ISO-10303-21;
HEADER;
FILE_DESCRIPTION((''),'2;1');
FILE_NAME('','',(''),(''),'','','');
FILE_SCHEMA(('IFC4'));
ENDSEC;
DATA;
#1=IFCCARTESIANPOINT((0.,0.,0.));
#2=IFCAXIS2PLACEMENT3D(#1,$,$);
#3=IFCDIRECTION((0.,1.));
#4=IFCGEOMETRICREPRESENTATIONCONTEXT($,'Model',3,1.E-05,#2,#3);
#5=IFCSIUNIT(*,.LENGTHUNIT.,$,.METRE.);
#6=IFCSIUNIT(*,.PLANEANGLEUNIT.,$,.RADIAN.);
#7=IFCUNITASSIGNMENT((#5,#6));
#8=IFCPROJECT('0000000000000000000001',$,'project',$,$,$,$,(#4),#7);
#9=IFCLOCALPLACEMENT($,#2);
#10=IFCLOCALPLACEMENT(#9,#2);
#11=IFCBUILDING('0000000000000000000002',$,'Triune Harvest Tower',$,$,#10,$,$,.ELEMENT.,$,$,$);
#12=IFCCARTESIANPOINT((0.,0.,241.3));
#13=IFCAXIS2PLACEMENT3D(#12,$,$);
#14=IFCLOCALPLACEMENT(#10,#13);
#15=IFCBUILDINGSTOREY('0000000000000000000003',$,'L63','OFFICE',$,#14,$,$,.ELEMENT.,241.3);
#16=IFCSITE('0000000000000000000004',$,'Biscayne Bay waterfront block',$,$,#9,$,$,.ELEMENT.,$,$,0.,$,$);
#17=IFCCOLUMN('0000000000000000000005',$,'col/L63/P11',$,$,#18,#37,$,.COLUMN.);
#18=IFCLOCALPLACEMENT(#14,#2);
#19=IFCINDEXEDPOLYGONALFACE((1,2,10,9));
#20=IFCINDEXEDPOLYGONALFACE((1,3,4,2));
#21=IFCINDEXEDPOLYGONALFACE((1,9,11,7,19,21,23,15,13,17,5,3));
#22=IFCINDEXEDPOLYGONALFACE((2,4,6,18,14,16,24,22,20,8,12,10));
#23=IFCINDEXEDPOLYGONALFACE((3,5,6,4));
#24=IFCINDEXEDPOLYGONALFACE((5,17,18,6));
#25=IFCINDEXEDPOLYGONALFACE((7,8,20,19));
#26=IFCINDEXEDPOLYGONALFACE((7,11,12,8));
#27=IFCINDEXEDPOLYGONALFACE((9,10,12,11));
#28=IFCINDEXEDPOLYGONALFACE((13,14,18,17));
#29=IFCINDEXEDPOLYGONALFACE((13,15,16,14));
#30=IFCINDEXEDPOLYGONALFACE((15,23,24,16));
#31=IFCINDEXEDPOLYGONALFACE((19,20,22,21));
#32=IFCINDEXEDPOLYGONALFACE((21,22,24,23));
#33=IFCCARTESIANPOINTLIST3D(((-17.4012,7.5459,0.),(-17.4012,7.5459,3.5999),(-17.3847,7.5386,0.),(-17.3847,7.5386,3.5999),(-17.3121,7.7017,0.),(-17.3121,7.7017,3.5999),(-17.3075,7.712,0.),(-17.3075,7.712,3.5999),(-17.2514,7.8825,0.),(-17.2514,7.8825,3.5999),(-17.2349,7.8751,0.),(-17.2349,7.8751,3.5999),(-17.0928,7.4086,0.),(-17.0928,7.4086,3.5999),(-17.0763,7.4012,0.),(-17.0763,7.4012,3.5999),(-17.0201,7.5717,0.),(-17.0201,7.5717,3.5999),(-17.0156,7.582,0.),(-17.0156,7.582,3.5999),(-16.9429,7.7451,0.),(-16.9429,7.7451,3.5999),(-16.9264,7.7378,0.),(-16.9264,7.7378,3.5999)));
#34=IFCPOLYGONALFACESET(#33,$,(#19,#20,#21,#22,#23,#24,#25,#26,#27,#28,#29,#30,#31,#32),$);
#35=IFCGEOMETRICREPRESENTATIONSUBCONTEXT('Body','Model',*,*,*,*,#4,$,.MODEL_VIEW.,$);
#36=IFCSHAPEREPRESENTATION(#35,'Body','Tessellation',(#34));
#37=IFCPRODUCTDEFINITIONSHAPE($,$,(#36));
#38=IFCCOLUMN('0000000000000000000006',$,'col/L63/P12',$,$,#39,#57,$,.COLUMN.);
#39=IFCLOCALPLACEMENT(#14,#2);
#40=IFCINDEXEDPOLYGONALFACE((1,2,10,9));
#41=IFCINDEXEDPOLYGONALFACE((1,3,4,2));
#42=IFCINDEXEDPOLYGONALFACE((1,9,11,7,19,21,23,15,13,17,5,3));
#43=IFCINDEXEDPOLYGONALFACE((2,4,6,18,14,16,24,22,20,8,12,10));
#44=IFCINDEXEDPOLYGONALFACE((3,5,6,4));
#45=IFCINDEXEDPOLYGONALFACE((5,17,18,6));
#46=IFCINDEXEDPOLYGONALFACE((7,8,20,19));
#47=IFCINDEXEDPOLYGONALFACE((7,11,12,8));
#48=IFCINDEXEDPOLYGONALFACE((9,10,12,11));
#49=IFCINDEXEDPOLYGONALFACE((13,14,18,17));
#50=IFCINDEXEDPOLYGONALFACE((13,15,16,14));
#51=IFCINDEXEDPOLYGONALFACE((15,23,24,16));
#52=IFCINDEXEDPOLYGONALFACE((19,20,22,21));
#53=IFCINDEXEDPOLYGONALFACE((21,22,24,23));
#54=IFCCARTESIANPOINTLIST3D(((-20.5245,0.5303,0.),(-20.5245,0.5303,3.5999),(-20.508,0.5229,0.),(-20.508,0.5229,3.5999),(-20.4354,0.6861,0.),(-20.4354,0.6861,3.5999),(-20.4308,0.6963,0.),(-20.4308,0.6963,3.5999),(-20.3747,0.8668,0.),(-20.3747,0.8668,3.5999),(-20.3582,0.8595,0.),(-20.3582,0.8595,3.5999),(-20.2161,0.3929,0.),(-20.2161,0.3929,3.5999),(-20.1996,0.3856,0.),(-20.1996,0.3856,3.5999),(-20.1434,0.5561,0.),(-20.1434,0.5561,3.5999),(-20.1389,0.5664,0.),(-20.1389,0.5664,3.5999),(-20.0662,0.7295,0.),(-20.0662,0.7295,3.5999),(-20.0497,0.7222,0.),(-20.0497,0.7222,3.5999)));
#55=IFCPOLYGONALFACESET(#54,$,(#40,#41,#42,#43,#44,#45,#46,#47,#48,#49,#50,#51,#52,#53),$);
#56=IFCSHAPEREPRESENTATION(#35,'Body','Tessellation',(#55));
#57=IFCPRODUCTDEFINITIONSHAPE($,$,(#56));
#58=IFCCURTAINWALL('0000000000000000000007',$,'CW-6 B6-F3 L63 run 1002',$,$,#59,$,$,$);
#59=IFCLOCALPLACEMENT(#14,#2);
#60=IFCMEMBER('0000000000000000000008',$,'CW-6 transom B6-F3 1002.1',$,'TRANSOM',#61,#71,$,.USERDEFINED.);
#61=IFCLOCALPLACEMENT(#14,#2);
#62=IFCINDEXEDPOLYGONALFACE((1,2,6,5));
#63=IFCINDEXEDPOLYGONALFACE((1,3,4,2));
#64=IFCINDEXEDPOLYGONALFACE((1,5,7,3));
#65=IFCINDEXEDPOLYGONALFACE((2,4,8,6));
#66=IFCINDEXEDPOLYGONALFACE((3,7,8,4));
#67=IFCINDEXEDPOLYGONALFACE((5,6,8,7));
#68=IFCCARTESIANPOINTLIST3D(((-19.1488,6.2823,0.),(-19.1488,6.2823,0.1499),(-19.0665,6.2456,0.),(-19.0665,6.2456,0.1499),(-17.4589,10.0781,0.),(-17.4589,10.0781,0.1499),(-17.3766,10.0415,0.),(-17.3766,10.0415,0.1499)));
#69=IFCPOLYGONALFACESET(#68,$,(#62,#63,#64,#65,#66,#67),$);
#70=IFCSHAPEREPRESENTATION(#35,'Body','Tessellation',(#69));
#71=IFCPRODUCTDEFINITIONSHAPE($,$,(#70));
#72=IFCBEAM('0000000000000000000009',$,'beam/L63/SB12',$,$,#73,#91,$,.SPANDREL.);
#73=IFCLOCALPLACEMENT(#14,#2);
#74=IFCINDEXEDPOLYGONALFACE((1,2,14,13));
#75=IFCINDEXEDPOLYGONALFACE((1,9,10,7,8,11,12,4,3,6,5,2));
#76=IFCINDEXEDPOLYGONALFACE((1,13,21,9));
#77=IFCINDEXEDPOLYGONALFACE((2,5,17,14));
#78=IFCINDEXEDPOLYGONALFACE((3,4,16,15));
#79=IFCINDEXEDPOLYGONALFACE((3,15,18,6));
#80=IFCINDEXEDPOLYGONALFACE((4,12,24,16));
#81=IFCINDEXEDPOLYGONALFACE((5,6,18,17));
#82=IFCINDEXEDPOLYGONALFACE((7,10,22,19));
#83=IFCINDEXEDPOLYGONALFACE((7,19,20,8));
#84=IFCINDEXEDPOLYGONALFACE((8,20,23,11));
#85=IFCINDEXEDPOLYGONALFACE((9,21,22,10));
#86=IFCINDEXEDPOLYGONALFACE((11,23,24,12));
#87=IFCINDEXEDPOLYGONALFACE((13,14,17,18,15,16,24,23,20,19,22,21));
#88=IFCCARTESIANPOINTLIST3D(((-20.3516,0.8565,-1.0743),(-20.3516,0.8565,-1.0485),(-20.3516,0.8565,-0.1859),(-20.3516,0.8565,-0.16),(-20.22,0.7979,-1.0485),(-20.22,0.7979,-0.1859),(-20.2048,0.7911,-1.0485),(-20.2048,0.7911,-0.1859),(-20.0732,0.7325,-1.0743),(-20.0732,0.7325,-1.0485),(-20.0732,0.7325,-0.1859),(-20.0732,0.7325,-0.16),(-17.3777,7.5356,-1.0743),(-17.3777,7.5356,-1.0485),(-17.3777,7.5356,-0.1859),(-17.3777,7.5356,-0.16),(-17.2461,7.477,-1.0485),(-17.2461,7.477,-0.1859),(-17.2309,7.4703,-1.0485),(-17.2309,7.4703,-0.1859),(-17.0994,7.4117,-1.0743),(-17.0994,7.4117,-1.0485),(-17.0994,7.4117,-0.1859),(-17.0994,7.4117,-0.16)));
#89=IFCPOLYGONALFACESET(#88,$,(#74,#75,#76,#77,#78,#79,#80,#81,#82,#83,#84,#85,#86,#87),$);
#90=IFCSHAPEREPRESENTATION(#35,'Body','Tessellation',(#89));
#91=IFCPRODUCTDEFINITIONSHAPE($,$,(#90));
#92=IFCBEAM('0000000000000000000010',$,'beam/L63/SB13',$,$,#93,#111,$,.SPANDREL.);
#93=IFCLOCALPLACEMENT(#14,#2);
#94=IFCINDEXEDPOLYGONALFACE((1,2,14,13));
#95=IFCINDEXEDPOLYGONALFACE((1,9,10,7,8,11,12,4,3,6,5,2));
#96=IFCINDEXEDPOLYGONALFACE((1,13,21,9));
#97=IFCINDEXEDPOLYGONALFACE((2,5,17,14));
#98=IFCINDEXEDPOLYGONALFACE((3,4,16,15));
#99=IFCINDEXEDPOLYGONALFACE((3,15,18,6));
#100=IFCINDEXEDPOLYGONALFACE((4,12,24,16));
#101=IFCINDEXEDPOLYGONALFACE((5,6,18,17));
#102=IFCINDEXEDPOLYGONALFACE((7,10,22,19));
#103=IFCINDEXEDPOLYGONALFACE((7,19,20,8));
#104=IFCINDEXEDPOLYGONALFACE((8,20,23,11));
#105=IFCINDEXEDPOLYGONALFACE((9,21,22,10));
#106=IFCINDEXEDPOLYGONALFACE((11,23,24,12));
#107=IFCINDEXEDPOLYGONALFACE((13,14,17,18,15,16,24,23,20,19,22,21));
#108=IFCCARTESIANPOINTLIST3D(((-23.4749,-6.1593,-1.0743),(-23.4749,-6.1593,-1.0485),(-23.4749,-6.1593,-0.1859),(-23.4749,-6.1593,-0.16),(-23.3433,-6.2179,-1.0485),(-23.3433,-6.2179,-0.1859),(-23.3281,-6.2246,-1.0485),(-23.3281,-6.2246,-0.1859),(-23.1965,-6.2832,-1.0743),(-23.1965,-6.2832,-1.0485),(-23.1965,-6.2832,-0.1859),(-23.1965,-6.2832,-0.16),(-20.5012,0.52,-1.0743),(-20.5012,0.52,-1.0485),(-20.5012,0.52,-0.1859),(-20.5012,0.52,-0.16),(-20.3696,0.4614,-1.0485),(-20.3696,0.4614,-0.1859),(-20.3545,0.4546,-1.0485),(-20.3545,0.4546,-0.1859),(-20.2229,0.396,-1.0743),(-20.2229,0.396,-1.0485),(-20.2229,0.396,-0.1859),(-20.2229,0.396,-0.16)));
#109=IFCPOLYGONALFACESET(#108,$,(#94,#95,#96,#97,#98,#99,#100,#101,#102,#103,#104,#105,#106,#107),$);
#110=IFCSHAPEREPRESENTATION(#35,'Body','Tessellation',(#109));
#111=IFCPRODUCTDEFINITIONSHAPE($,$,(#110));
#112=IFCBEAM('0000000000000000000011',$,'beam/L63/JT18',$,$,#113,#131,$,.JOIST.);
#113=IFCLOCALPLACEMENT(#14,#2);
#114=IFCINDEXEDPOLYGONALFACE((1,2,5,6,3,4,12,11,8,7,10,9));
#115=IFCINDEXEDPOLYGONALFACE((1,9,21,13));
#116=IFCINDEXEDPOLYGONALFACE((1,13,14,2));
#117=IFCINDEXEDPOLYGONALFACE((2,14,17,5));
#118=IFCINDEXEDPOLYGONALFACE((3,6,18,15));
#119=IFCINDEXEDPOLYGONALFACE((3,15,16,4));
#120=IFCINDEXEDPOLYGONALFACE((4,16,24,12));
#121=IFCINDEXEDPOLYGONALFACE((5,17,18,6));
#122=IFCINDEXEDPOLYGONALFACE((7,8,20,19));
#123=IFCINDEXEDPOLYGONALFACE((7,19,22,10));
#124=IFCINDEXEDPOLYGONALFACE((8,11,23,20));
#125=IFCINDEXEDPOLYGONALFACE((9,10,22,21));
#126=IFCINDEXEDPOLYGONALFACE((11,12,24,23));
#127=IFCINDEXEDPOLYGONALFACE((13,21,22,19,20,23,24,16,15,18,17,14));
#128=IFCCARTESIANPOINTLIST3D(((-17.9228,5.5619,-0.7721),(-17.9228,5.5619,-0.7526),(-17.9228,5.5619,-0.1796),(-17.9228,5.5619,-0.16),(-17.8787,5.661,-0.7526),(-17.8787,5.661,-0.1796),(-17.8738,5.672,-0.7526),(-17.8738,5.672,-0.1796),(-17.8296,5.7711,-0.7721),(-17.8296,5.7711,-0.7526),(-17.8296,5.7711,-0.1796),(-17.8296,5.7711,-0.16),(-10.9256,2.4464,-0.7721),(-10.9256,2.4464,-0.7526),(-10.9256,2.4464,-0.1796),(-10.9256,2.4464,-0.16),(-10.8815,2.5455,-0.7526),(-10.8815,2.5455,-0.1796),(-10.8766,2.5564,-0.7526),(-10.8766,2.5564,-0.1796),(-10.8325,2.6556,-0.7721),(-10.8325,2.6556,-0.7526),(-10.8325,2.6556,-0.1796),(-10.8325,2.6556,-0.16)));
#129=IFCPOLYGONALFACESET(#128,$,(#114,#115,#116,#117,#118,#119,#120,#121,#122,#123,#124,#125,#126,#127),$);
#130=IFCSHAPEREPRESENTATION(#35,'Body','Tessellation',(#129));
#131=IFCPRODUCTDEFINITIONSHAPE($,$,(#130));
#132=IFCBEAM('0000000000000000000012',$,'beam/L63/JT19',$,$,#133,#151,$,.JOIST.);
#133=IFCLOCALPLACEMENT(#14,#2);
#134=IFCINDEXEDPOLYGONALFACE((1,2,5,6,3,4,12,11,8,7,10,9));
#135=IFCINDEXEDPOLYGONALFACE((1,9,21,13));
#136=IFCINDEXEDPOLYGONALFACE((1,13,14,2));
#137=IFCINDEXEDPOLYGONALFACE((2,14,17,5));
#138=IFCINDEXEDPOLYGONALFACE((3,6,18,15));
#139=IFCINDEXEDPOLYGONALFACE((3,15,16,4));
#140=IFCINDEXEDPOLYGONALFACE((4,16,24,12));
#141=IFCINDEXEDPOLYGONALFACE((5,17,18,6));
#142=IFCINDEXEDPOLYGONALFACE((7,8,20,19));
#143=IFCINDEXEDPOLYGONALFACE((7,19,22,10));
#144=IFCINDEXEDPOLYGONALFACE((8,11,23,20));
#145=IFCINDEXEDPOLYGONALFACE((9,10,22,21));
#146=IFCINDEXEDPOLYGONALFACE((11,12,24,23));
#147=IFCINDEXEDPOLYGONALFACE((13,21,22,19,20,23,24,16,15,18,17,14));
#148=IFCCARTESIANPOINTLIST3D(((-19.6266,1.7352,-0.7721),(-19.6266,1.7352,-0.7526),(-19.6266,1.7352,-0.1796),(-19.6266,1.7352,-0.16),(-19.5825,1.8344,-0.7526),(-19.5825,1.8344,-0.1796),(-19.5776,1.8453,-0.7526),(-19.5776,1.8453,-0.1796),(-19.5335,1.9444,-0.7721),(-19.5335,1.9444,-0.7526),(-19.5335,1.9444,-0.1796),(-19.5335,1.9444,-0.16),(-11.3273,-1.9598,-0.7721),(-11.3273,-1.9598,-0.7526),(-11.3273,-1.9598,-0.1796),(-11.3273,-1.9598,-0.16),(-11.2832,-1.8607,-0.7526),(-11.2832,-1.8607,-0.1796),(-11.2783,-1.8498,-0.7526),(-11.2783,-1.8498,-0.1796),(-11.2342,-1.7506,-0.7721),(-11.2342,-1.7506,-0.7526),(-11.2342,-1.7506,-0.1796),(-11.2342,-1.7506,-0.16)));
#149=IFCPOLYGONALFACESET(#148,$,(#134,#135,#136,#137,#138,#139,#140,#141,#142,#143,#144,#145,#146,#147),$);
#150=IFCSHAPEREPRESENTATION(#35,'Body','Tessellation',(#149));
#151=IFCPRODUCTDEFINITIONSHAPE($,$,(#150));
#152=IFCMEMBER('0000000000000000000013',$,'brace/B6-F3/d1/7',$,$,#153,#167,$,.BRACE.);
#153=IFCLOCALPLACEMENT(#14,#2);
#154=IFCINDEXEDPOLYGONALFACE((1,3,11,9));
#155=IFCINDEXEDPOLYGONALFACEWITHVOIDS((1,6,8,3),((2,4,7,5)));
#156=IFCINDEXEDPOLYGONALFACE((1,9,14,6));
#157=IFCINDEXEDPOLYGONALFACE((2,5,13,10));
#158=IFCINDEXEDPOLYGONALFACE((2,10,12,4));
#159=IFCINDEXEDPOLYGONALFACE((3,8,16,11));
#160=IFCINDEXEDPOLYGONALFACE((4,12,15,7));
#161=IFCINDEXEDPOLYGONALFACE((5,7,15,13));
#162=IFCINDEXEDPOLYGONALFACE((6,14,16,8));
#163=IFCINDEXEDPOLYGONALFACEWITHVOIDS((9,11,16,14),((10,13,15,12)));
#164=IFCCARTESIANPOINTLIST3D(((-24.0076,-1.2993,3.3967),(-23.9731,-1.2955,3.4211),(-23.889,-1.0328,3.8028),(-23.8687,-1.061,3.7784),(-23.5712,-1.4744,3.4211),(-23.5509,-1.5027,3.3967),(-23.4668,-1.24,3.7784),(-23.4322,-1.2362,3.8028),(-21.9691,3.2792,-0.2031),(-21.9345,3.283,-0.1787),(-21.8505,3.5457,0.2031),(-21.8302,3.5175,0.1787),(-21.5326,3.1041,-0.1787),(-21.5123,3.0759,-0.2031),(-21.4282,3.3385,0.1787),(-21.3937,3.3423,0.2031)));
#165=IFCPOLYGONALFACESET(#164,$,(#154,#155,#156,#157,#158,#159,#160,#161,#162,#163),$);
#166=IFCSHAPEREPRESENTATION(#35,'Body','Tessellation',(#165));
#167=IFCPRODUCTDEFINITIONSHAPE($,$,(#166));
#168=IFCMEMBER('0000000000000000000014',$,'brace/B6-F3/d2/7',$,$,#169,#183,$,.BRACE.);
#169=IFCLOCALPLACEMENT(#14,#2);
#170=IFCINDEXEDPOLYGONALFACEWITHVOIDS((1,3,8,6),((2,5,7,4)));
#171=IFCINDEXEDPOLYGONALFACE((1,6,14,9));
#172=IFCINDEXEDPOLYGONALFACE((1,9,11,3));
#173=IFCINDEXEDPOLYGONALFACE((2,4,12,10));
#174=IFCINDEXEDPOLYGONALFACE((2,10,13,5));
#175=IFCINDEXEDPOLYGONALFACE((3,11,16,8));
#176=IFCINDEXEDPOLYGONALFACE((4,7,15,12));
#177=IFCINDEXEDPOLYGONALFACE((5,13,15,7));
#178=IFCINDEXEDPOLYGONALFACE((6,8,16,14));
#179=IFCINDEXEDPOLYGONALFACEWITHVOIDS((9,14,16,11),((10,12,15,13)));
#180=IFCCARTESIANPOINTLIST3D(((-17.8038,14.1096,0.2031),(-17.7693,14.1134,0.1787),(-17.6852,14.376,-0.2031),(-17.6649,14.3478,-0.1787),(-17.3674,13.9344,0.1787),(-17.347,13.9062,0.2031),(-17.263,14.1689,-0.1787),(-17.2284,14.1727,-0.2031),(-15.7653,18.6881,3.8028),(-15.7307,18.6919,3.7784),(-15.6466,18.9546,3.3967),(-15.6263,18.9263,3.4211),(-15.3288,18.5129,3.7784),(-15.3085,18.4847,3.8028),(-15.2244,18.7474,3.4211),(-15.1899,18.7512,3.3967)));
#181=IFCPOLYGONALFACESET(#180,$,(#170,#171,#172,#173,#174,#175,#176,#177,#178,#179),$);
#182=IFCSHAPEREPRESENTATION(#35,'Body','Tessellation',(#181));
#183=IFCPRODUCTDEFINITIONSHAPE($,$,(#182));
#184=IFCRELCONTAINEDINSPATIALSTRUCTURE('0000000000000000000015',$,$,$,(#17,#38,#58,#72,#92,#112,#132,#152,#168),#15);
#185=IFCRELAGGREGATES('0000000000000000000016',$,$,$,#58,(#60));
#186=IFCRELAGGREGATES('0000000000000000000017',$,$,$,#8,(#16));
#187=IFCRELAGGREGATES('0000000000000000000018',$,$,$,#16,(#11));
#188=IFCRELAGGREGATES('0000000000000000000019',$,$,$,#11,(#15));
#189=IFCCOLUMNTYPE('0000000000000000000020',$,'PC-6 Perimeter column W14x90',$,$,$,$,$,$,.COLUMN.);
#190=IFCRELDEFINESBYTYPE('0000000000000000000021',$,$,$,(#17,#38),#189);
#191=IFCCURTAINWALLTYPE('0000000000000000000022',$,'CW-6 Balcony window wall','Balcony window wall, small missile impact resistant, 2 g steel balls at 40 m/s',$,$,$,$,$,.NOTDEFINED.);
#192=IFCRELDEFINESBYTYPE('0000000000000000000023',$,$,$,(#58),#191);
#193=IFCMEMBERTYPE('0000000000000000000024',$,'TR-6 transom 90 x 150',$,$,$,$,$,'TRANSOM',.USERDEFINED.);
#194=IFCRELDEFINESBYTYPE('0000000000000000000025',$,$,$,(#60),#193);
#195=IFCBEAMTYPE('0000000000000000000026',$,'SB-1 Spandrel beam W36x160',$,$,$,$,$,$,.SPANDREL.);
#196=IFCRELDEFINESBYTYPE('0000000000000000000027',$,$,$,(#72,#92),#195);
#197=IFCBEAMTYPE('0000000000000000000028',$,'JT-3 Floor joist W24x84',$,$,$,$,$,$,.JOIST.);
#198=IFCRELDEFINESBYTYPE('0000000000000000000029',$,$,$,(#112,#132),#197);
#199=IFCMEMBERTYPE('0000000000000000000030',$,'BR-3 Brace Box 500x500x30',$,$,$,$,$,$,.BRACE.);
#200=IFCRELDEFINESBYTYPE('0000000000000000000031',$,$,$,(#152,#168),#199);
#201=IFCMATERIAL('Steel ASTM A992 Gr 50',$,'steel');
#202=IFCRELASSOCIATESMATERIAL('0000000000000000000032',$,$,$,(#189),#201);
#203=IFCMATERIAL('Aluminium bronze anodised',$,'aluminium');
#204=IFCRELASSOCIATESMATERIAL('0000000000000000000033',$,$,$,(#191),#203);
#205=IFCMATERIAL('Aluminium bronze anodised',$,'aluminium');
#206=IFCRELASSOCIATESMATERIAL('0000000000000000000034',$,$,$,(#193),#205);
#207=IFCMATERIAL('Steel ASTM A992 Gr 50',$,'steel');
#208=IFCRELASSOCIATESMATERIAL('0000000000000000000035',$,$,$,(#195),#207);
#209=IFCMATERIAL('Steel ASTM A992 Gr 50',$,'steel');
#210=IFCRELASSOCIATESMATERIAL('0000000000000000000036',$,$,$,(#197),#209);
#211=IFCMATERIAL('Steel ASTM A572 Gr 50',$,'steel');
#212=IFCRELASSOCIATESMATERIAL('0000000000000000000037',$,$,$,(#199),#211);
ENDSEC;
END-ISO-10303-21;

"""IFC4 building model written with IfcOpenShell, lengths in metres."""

from ifc_helpers import new_model, si_unit, direction, frame, origin, origin_2d, place, context, subcontext, project, spatial, rectangle, hollow_rectangle, i_section, extrude, source, transform, mapped, material, material_profile, profile_set, type_object, element, aggregate, save


model = new_model("IFC4")

# Units and contexts
model_context = context("Model", 3, precision=1e-05, world=origin(), true_north=direction((0.0, 1.0)))
body_context = subcontext(model_context, "Body", "Model", "MODEL_VIEW")
ifc_project = project(units=[si_unit("LENGTHUNIT", "METRE"), si_unit("PLANEANGLEUNIT", "RADIAN")], contexts=[model_context])

# Site, building, storey
site_placement = place(None, origin())
site = spatial("IfcSite", under=ifc_project, at=site_placement, Name="Biscayne Bay waterfront block", CompositionType="ELEMENT", RefElevation=0.0)
building_placement = place(site_placement, origin())
building = spatial("IfcBuilding", under=site, at=building_placement, Name="Triune Harvest Tower", CompositionType="ELEMENT")
storey_placement = place(building_placement, frame((0.0, 0.0, 241.3)))
storey = spatial("IfcBuildingStorey", under=building, at=storey_placement, Name="L63", Description="OFFICE", CompositionType="ELEMENT", Elevation=241.3)

# Columns
ifc_material_1 = material(Name="Steel ASTM A992 Gr 50", Category="steel")
ifc_material_profile_1 = material_profile(ifc_material_1, i_section(OverallWidth=0.3684, OverallDepth=0.3557, WebThickness=0.0112, FlangeThickness=0.0181, at=origin_2d()), Name="W14x90")
ifc_profile_set_1 = profile_set([ifc_material_profile_1], Name="Steel ASTM A992 Gr 50")
column_type = type_object("IfcColumnType", Name="PC-6 Perimeter column W14x90", PredefinedType="COLUMN", material=ifc_profile_set_1)
shared_shape_1 = source(origin(), body_context, "Body", "SweptSolid", [
    extrude(i_section(OverallWidth=0.3684, OverallDepth=0.3557, WebThickness=0.0112, FlangeThickness=0.0181, at=origin_2d()), origin(), (0.0, 0.0, 1.0), 3.5999),
])
for number, where, z_axis, x_axis, name in (
    (1, (-17.1638, 7.6418, 0.0), (0.0, 0.0, 1.0), (-0.406738, -0.913545, 0.0), "col/L63/P11"),
    (2, (-20.2871, 0.6262, 0.0), (0.0, 0.0, 1.0), (-0.406738, -0.913545, 0.0), "col/L63/P12"),
):
    element("IfcColumn", number, at=place(storey_placement, frame(where, z_axis=z_axis, x_axis=x_axis)), inside=storey, type_object=column_type, Name=name, PredefinedType="COLUMN", context=body_context, shape_type="MappedRepresentation", body=[
        mapped(shared_shape_1, transform((0.0, 0.0, 0.0), scale=1.0)),
    ])

# Curtain wall, member
ifc_material_2 = material(Name="Aluminium bronze anodised", Category="aluminium")
curtain_wall_type_1 = type_object("IfcCurtainWallType", Name="CW-6 Balcony window wall", Description="Balcony window wall, small missile impact resistant, 2 g steel balls at 40 m/s", PredefinedType="NOTDEFINED", material=ifc_material_2)
curtain_wall_1_placement = place(storey_placement, origin())
curtain_wall_1 = element("IfcCurtainWall", 3, at=curtain_wall_1_placement, inside=storey, type_object=curtain_wall_type_1, Name="CW-6 B6-F3 L63 run 1002")
ifc_material_3 = material(Name="Aluminium bronze anodised", Category="aluminium")
ifc_material_profile_2 = material_profile(ifc_material_3, rectangle(XDim=0.0901, YDim=0.1499, at=origin_2d()), Name="TR-6 transom 90 x 150")
ifc_profile_set_2 = profile_set([ifc_material_profile_2], Name="Aluminium bronze anodised")
member_type_1 = type_object("IfcMemberType", Name="TR-6 transom 90 x 150", ElementType="TRANSOM", PredefinedType="USERDEFINED", material=ifc_profile_set_2)
member_1_placement = place(storey_placement, frame((-17.4177, 10.0598, 0.075), z_axis=(-0.406716, -0.913555, 0.0), x_axis=(0.913555, -0.406716, 0.0)))
member_1 = element("IfcMember", 4, at=member_1_placement, type_object=member_type_1, Name="CW-6 transom B6-F3 1002.1", ObjectType="TRANSOM", PredefinedType="USERDEFINED", context=body_context, shape_type="SweptSolid", body=[
    extrude(rectangle(XDim=0.0901, YDim=0.1499, at=origin_2d()), origin(), (0.0, 0.0, 1.0), 4.155),
])

# Beams
ifc_material_4 = material(Name="Steel ASTM A992 Gr 50", Category="steel")
ifc_material_profile_3 = material_profile(ifc_material_4, i_section(OverallWidth=0.3047, OverallDepth=0.9143, WebThickness=0.0166, FlangeThickness=0.0259, at=origin_2d()), Name="W36x160")
ifc_profile_set_3 = profile_set([ifc_material_profile_3], Name="Steel ASTM A992 Gr 50")
beam_type_1 = type_object("IfcBeamType", Name="SB-1 Spandrel beam W36x160", PredefinedType="SPANDREL", material=ifc_profile_set_3)
shared_shape_2 = source(origin(), body_context, "Body", "SweptSolid", [
    extrude(i_section(OverallWidth=0.3047, OverallDepth=0.9143, WebThickness=0.0166, FlangeThickness=0.0259, at=origin_2d()), origin(), (0.0, 0.0, 1.0), 7.3113),
])
for number, where, z_axis, x_axis, name in (
    (5, (-17.2385, 7.4736, -0.6172), (-0.406749, -0.91354, 0.0), (0.91354, -0.406749, 0.0), "beam/L63/SB12"),
    (6, (-20.3621, 0.458, -0.6172), (-0.406721, -0.913552, 0.0), (0.913552, -0.406721, 0.0), "beam/L63/SB13"),
):
    element("IfcBeam", number, at=place(storey_placement, frame(where, z_axis=z_axis, x_axis=x_axis)), inside=storey, type_object=beam_type_1, Name=name, PredefinedType="SPANDREL", context=body_context, shape_type="MappedRepresentation", body=[
        mapped(shared_shape_2, transform((0.0, 0.0, 0.0), scale=1.0)),
    ])
ifc_material_5 = material(Name="Steel ASTM A992 Gr 50", Category="steel")
ifc_material_profile_4 = material_profile(ifc_material_5, i_section(OverallWidth=0.229, OverallDepth=0.6121, WebThickness=0.012, FlangeThickness=0.0195, at=origin_2d()), Name="W24x84")
ifc_profile_set_4 = profile_set([ifc_material_profile_4], Name="Steel ASTM A992 Gr 50")
beam_type_2 = type_object("IfcBeamType", Name="JT-3 Floor joist W24x84", PredefinedType="JOIST", material=ifc_profile_set_4)
shared_shape_3 = source(origin(), body_context, "Body", "SweptSolid", [
    extrude(i_section(OverallWidth=0.229, OverallDepth=0.6121, WebThickness=0.012, FlangeThickness=0.0195, at=origin_2d()), origin(), (0.0, 0.0, 1.0), 7.6594),
])
beam_1_placement = place(storey_placement, frame((-17.8762, 5.6665, -0.4661), z_axis=(0.913537, -0.406756, 0.0), x_axis=(0.406756, 0.913537, 0.0)))
element("IfcBeam", 7, at=beam_1_placement, inside=storey, type_object=beam_type_2, Name="beam/L63/JT18", PredefinedType="JOIST", context=body_context, shape_type="MappedRepresentation", body=[
    mapped(shared_shape_3, transform((0.0, 0.0, 0.0), scale=1.0)),
])
shared_shape_4 = source(origin(), body_context, "Body", "SweptSolid", [
    extrude(i_section(OverallWidth=0.229, OverallDepth=0.6121, WebThickness=0.012, FlangeThickness=0.0195, at=origin_2d()), origin(), (0.0, 0.0, 1.0), 9.0847),
])
beam_2_placement = place(storey_placement, frame((-19.5801, 1.8398, -0.4661), z_axis=(0.913546, -0.406734, 0.0), x_axis=(0.406734, 0.913546, 0.0)))
element("IfcBeam", 8, at=beam_2_placement, inside=storey, type_object=beam_type_2, Name="beam/L63/JT19", PredefinedType="JOIST", context=body_context, shape_type="MappedRepresentation", body=[
    mapped(shared_shape_4, transform((0.0, 0.0, 0.0), scale=1.0)),
])

# Members
ifc_material_6 = material(Name="Steel ASTM A572 Gr 50", Category="steel")
ifc_material_profile_5 = material_profile(ifc_material_6, hollow_rectangle(XDim=0.5, YDim=0.5, WallThickness=0.03, at=origin_2d()), Name="Box 500x500x30")
ifc_profile_set_5 = profile_set([ifc_material_profile_5], Name="Steel ASTM A572 Gr 50")
member_type_2 = type_object("IfcMemberType", Name="BR-3 Brace Box 500x500x30", PredefinedType="BRACE", material=ifc_profile_set_5)
shared_shape_5 = source(origin(), body_context, "Body", "SweptSolid", [
    extrude(hollow_rectangle(XDim=0.5, YDim=0.5, WallThickness=0.03, at=origin_2d()), origin(), (0.0, 0.0, 1.0), 6.1707),
])
for number, where, z_axis, x_axis, name in (
    (9, (-21.6814, 3.3108, 0.0), (-0.33036, -0.741984, 0.583372), (0.913542, -0.406744, 0.0), "brace/B6-F3/d1/7"),
    (10, (-17.5161, 14.1411, 0.0), (0.33036, 0.741984, 0.583372), (-0.913542, 0.406744, 0.0), "brace/B6-F3/d2/7"),
):
    element("IfcMember", number, at=place(storey_placement, frame(where, z_axis=z_axis, x_axis=x_axis)), inside=storey, type_object=member_type_2, Name=name, PredefinedType="BRACE", context=body_context, shape_type="MappedRepresentation", body=[
        mapped(shared_shape_5, transform((0.0, 0.0, 0.0), scale=1.0)),
    ])

aggregate(curtain_wall_1, [member_1])

save(model, "model.ifc")
